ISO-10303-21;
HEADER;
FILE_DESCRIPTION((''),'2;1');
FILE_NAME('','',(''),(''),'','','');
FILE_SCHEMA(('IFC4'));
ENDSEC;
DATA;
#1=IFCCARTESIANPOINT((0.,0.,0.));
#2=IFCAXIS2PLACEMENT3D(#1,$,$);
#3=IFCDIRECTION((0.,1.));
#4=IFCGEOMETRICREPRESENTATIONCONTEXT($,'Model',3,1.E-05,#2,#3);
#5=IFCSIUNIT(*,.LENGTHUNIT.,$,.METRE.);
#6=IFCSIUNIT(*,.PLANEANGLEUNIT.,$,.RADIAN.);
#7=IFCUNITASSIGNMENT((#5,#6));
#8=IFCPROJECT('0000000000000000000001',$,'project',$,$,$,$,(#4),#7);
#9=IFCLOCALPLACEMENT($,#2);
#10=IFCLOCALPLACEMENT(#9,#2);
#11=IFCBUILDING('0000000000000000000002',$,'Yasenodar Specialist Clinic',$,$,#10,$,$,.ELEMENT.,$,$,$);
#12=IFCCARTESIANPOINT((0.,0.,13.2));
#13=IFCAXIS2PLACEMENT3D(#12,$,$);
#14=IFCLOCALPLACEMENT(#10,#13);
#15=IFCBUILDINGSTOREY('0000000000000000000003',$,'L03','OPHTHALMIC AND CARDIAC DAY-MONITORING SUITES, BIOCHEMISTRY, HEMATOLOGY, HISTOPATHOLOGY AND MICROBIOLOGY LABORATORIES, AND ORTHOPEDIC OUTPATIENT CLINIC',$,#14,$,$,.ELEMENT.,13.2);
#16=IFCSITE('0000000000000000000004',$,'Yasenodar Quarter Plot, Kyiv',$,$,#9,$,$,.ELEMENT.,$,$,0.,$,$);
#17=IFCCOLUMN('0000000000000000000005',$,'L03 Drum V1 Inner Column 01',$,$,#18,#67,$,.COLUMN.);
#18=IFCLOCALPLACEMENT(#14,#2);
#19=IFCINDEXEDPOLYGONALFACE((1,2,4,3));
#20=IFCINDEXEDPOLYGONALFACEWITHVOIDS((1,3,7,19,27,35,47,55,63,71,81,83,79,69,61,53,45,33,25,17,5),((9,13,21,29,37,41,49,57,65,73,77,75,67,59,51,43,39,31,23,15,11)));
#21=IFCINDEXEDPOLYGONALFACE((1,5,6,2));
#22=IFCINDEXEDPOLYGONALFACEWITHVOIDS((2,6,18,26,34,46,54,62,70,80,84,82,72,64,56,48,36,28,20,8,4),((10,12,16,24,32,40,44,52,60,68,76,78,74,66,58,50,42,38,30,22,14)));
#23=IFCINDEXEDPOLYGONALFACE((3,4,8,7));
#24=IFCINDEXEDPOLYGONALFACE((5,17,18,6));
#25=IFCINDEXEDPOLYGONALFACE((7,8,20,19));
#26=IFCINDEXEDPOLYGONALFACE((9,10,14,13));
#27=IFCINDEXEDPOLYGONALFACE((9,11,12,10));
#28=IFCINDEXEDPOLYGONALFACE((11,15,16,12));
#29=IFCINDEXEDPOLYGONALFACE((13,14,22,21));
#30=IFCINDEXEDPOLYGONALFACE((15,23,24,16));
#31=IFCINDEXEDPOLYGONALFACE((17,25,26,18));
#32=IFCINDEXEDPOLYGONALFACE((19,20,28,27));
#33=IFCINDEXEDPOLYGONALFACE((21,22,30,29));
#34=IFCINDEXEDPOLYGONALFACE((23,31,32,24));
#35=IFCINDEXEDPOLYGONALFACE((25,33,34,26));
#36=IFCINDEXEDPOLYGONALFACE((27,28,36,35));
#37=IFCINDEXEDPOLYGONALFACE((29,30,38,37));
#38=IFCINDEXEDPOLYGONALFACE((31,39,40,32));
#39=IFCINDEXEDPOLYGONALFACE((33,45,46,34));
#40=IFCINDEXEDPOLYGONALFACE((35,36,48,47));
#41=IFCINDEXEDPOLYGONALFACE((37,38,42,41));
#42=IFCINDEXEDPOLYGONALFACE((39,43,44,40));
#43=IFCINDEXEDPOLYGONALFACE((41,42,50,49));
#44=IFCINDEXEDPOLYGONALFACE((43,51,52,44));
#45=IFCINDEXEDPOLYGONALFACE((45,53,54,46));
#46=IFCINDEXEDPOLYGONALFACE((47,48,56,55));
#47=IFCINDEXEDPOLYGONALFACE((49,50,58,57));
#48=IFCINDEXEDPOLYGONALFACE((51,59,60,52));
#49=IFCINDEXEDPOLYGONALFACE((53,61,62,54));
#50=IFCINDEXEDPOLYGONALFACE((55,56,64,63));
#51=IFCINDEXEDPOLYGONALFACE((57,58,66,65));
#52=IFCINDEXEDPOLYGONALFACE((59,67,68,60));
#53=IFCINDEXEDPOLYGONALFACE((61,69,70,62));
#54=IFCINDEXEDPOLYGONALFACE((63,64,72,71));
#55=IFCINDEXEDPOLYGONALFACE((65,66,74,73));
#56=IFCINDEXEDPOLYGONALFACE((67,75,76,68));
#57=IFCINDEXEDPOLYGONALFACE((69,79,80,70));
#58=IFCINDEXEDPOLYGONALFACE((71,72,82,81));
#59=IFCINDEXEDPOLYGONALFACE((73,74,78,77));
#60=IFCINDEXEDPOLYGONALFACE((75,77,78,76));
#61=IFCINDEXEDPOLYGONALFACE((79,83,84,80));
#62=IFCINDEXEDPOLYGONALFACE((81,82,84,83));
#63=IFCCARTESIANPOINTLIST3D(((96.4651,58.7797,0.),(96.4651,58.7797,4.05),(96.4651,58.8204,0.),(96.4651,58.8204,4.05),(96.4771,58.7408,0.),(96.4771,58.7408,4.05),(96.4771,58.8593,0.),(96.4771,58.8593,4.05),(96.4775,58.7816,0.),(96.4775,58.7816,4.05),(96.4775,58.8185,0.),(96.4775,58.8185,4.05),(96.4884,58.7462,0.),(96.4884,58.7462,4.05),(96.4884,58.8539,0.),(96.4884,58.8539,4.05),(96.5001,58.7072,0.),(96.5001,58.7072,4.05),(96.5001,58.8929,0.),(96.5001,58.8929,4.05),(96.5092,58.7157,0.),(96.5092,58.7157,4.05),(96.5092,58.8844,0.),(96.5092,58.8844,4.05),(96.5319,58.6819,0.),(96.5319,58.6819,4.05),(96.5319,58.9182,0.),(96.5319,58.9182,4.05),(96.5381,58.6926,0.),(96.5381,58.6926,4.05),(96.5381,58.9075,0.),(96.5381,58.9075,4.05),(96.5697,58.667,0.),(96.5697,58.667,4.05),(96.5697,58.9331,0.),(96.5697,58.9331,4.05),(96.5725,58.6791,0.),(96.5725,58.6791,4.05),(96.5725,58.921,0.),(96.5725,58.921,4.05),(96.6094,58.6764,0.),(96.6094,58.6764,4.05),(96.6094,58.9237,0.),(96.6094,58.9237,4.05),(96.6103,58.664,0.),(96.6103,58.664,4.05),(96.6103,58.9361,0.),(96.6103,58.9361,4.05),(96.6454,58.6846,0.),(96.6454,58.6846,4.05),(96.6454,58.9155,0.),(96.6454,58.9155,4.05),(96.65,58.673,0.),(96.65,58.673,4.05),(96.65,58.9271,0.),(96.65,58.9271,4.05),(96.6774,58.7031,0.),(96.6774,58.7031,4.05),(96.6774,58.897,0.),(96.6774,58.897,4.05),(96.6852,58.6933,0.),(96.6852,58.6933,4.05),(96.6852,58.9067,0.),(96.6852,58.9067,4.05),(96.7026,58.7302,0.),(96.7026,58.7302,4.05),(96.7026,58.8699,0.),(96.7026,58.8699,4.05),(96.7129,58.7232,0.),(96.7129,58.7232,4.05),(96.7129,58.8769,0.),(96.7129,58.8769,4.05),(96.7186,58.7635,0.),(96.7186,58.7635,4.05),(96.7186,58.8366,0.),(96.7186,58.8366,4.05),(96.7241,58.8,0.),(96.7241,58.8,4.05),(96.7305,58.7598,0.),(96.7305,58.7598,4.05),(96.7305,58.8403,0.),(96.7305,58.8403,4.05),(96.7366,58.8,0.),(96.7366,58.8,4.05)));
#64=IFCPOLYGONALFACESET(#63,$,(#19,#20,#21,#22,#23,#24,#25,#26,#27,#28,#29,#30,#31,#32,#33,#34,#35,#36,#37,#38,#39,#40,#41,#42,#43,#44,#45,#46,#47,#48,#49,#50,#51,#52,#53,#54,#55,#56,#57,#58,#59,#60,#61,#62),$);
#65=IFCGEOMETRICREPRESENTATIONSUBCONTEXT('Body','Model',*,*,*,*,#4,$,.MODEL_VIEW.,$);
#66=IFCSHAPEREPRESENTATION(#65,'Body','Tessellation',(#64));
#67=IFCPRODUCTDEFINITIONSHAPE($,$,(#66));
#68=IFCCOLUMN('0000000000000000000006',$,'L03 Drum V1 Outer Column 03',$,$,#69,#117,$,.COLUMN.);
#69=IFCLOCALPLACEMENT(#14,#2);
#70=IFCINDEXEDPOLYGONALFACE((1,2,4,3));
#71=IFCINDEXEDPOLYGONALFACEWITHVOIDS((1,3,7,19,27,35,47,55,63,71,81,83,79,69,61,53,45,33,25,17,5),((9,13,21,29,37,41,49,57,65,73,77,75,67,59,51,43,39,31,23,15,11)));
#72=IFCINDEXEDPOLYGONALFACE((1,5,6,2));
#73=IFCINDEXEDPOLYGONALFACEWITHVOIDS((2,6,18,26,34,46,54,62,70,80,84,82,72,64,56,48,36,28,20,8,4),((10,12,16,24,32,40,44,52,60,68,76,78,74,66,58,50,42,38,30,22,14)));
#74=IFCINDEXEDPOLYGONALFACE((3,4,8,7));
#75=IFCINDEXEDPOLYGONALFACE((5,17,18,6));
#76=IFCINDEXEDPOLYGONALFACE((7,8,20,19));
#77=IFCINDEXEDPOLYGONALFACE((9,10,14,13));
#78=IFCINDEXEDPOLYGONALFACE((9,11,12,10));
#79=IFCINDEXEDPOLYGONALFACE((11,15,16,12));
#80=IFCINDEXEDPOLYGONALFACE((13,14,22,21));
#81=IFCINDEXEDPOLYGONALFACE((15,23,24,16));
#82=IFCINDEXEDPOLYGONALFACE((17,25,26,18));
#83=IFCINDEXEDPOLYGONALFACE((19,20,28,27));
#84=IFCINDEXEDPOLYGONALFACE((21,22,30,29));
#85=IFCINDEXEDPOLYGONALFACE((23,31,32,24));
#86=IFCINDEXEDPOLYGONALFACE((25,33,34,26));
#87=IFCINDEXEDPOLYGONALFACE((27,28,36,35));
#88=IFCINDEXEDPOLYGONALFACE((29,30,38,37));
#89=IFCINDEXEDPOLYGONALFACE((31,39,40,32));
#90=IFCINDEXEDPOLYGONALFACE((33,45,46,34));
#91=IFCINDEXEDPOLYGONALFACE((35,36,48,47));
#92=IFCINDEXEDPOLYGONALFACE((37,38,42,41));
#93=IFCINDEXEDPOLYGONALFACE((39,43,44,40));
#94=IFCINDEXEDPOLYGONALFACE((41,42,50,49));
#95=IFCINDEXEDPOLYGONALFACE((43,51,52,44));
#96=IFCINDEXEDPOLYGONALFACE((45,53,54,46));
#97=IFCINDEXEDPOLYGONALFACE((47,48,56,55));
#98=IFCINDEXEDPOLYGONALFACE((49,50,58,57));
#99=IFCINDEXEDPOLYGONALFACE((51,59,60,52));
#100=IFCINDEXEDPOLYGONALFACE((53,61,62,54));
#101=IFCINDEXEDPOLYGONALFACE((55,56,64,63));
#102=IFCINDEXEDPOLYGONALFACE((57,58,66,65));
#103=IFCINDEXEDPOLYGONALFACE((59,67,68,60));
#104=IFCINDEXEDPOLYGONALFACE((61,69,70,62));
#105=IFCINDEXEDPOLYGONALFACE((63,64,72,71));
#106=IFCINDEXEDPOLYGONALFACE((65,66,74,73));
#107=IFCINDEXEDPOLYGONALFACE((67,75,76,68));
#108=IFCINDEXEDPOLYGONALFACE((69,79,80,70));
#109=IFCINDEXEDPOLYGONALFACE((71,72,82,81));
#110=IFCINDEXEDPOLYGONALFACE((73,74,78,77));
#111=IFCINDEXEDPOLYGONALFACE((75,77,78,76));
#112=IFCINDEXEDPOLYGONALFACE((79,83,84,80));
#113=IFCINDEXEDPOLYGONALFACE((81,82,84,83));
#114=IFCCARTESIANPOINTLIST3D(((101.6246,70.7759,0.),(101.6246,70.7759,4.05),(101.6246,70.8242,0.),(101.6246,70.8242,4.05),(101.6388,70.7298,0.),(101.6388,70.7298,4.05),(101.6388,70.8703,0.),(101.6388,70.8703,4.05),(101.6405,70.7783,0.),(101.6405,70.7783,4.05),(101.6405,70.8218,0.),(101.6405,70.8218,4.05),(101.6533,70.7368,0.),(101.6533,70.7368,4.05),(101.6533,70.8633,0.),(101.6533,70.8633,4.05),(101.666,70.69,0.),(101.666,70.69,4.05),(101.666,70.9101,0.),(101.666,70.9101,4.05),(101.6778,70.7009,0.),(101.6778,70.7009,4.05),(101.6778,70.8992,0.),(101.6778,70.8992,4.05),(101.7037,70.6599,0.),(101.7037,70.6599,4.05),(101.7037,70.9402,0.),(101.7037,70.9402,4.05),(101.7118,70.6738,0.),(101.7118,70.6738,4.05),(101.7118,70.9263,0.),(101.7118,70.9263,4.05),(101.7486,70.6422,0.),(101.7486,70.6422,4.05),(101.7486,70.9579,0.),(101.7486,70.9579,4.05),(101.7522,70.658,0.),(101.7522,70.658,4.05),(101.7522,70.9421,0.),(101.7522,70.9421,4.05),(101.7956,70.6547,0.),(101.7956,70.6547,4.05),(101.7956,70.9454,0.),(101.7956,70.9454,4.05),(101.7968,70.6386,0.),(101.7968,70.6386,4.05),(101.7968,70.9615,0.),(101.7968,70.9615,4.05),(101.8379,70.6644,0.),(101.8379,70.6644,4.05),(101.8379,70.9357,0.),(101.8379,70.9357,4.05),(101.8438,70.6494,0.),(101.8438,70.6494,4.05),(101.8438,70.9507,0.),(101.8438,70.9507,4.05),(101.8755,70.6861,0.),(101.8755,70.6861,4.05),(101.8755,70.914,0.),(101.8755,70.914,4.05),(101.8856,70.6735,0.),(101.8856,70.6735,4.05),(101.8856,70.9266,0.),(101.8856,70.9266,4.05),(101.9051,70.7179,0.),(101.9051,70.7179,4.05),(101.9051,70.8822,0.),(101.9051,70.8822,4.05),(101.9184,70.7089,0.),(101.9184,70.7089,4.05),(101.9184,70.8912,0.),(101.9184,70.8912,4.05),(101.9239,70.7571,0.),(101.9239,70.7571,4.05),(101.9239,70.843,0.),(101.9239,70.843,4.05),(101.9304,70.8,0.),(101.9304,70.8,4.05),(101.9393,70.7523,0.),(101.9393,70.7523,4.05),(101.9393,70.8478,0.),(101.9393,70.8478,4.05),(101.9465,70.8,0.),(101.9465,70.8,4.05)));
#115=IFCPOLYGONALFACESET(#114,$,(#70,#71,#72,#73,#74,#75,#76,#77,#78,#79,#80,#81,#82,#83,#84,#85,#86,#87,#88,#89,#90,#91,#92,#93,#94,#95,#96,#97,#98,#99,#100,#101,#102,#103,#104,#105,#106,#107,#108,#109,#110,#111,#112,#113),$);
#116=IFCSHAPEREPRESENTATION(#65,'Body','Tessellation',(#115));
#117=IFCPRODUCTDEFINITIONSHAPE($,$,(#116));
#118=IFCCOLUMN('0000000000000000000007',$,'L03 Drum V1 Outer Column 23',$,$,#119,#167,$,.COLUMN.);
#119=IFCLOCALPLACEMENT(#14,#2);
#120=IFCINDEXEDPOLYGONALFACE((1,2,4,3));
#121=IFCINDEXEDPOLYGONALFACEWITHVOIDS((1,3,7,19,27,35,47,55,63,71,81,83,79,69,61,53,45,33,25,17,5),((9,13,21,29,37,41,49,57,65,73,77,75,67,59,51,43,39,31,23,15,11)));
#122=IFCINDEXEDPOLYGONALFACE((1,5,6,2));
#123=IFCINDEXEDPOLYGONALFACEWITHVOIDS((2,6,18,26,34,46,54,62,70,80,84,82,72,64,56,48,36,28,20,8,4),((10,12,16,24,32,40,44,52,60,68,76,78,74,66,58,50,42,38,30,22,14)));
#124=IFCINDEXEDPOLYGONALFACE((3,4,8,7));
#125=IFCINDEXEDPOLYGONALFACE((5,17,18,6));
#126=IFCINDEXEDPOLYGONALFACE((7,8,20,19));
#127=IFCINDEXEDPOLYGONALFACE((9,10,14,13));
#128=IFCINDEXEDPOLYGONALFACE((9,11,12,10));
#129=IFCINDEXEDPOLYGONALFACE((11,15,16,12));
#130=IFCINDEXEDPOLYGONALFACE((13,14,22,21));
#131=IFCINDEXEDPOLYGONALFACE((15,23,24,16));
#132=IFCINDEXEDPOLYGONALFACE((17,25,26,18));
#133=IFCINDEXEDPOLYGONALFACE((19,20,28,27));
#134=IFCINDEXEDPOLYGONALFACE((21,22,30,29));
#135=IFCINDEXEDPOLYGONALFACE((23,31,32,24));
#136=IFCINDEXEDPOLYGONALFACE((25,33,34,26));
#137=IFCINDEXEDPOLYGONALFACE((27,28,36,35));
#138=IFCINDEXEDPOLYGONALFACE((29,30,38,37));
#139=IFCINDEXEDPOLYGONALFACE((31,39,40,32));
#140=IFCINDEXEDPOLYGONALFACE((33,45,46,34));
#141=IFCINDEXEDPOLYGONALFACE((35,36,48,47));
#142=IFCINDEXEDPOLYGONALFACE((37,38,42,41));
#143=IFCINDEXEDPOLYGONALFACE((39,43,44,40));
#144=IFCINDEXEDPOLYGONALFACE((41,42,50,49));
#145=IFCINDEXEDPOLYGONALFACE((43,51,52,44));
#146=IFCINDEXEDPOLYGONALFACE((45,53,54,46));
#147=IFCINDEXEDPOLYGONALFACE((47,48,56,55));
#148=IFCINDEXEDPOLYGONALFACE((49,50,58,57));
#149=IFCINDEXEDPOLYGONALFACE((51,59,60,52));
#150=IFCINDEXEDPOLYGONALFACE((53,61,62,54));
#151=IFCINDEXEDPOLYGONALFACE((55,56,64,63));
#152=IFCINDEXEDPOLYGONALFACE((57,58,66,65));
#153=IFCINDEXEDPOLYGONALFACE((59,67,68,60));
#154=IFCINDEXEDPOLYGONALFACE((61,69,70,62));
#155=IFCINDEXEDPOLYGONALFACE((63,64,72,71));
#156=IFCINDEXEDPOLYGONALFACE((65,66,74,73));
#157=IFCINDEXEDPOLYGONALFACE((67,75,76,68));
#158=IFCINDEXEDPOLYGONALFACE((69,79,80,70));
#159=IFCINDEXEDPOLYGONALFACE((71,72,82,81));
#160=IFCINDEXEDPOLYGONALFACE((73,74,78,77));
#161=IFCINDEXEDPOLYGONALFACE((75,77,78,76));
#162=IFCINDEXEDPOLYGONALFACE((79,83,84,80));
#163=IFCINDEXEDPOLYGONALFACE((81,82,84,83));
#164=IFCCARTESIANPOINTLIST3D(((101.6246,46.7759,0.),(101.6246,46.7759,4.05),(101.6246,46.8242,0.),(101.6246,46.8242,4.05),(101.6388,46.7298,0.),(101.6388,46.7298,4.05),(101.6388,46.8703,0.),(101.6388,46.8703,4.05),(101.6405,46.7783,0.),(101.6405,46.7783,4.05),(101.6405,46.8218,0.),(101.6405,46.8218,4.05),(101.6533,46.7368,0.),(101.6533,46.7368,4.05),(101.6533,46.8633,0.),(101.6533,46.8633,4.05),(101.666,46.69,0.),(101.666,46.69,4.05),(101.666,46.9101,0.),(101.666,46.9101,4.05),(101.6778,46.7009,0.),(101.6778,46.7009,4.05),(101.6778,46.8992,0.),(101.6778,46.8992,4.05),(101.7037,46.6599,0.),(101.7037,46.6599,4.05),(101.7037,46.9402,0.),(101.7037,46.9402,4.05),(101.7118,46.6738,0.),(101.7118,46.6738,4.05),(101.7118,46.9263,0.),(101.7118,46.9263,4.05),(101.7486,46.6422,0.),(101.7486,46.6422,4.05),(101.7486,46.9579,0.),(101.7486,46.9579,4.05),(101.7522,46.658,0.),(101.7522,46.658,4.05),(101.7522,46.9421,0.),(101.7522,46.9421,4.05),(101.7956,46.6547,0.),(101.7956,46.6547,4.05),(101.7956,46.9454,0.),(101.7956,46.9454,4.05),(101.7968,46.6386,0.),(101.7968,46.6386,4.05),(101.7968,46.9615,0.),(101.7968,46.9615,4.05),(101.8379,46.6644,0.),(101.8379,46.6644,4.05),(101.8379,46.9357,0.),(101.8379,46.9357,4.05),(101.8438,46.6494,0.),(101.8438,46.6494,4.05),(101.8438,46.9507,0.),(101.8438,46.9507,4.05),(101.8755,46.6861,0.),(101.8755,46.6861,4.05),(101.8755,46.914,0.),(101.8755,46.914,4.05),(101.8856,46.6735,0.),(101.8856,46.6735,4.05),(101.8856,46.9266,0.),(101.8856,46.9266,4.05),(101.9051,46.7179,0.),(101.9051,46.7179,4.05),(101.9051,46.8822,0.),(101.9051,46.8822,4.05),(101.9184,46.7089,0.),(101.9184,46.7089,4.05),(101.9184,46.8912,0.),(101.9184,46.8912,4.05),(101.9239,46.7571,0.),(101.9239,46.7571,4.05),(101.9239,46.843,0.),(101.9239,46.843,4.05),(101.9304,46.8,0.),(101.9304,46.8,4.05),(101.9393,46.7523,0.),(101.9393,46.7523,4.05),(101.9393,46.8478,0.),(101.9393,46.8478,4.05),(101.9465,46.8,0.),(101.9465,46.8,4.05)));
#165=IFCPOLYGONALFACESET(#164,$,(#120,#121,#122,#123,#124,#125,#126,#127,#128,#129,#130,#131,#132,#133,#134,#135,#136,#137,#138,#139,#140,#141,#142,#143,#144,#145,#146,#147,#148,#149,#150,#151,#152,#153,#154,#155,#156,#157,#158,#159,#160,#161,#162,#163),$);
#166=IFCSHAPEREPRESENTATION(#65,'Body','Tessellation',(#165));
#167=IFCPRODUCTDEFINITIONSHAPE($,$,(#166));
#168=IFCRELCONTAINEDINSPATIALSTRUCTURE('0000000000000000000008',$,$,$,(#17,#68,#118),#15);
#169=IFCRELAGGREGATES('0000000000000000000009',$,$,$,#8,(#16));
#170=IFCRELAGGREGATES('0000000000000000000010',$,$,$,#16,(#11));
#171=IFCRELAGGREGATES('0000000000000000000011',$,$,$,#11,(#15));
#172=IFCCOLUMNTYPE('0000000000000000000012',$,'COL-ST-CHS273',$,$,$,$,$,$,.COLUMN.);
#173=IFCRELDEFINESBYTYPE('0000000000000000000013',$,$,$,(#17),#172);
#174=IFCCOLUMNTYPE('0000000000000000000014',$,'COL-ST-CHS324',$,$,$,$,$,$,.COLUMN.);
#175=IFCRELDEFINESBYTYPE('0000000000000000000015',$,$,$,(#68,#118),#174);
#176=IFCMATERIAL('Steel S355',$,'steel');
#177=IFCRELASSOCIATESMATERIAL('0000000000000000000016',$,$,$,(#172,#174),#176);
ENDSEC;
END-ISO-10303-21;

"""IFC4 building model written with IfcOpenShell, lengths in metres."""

from ifc_helpers import new_model, si_unit, direction, frame, origin, origin_2d, place, context, subcontext, project, spatial, hollow_circle, extrude, material, material_profile, profile_set, type_object, element, save


model = new_model("IFC4")

# Units and contexts
model_context = context("Model", 3, precision=1e-05, world=origin(), true_north=direction((0.0, 1.0)))
body_context = subcontext(model_context, "Body", "Model", "MODEL_VIEW")
ifc_project = project(units=[si_unit("LENGTHUNIT", "METRE"), si_unit("PLANEANGLEUNIT", "RADIAN")], contexts=[model_context])

# Site, building, storey
site_placement = place(None, origin())
site = spatial("IfcSite", under=ifc_project, at=site_placement, Name="Yasenodar Quarter Plot, Kyiv", CompositionType="ELEMENT", RefElevation=0.0)
building_placement = place(site_placement, origin())
building = spatial("IfcBuilding", under=site, at=building_placement, Name="Yasenodar Specialist Clinic", CompositionType="ELEMENT")
storey_placement = place(building_placement, frame((0.0, 0.0, 13.2)))
storey = spatial("IfcBuildingStorey", under=building, at=storey_placement, Name="L03", Description="OPHTHALMIC AND CARDIAC DAY-MONITORING SUITES, BIOCHEMISTRY, HEMATOLOGY, HISTOPATHOLOGY AND MICROBIOLOGY LABORATORIES, AND ORTHOPEDIC OUTPATIENT CLINIC", CompositionType="ELEMENT", Elevation=13.2)

# Columns
ifc_material_1 = material(Name="Steel S355", Category="steel")
ifc_material_profile_1 = material_profile(ifc_material_1, hollow_circle(Radius=0.1365, WallThickness=0.0125, at=origin_2d()), Name="CHS 273x12.5")
ifc_profile_set_1 = profile_set([ifc_material_profile_1], Name="Steel S355")
column_type_1 = type_object("IfcColumnType", Name="COL-ST-CHS273", PredefinedType="COLUMN", material=ifc_profile_set_1)
column_placement = place(storey_placement, frame((96.6001, 58.8, 0.0), z_axis=(0.0, 0.0, 1.0), x_axis=(1.0, 0.0, 0.0)))
element("IfcColumn", 1, at=column_placement, inside=storey, type_object=column_type_1, Name="L03 Drum V1 Inner Column 01", PredefinedType="COLUMN", context=body_context, shape_type="SweptSolid", body=[
    extrude(hollow_circle(Radius=0.1365, WallThickness=0.0125, at=origin_2d()), origin(), (0.0, 0.0, 1.0), 4.05),
])
ifc_material_profile_2 = material_profile(ifc_material_1, hollow_circle(Radius=0.1619, WallThickness=0.0161, at=origin_2d()), Name="CHS 323.9x16")
ifc_profile_set_2 = profile_set([ifc_material_profile_2], Name="Steel S355")
column_type_2 = type_object("IfcColumnType", Name="COL-ST-CHS324", PredefinedType="COLUMN", material=ifc_profile_set_2)
for number, where, z_axis, x_axis, name in (
    (2, (101.7847, 70.8, 0.0), (0.0, 0.0, 1.0), (1.0, 0.0, 0.0), "L03 Drum V1 Outer Column 03"),
    (3, (101.7847, 46.8, 0.0), (0.0, 0.0, 1.0), (1.0, 0.0, 0.0), "L03 Drum V1 Outer Column 23"),
):
    element("IfcColumn", number, at=place(storey_placement, frame(where, z_axis=z_axis, x_axis=x_axis)), inside=storey, type_object=column_type_2, Name=name, PredefinedType="COLUMN", context=body_context, shape_type="SweptSolid", body=[
        extrude(hollow_circle(Radius=0.1619, WallThickness=0.0161, at=origin_2d()), origin(), (0.0, 0.0, 1.0), 4.05),
    ])

save(model, "model.ifc")
